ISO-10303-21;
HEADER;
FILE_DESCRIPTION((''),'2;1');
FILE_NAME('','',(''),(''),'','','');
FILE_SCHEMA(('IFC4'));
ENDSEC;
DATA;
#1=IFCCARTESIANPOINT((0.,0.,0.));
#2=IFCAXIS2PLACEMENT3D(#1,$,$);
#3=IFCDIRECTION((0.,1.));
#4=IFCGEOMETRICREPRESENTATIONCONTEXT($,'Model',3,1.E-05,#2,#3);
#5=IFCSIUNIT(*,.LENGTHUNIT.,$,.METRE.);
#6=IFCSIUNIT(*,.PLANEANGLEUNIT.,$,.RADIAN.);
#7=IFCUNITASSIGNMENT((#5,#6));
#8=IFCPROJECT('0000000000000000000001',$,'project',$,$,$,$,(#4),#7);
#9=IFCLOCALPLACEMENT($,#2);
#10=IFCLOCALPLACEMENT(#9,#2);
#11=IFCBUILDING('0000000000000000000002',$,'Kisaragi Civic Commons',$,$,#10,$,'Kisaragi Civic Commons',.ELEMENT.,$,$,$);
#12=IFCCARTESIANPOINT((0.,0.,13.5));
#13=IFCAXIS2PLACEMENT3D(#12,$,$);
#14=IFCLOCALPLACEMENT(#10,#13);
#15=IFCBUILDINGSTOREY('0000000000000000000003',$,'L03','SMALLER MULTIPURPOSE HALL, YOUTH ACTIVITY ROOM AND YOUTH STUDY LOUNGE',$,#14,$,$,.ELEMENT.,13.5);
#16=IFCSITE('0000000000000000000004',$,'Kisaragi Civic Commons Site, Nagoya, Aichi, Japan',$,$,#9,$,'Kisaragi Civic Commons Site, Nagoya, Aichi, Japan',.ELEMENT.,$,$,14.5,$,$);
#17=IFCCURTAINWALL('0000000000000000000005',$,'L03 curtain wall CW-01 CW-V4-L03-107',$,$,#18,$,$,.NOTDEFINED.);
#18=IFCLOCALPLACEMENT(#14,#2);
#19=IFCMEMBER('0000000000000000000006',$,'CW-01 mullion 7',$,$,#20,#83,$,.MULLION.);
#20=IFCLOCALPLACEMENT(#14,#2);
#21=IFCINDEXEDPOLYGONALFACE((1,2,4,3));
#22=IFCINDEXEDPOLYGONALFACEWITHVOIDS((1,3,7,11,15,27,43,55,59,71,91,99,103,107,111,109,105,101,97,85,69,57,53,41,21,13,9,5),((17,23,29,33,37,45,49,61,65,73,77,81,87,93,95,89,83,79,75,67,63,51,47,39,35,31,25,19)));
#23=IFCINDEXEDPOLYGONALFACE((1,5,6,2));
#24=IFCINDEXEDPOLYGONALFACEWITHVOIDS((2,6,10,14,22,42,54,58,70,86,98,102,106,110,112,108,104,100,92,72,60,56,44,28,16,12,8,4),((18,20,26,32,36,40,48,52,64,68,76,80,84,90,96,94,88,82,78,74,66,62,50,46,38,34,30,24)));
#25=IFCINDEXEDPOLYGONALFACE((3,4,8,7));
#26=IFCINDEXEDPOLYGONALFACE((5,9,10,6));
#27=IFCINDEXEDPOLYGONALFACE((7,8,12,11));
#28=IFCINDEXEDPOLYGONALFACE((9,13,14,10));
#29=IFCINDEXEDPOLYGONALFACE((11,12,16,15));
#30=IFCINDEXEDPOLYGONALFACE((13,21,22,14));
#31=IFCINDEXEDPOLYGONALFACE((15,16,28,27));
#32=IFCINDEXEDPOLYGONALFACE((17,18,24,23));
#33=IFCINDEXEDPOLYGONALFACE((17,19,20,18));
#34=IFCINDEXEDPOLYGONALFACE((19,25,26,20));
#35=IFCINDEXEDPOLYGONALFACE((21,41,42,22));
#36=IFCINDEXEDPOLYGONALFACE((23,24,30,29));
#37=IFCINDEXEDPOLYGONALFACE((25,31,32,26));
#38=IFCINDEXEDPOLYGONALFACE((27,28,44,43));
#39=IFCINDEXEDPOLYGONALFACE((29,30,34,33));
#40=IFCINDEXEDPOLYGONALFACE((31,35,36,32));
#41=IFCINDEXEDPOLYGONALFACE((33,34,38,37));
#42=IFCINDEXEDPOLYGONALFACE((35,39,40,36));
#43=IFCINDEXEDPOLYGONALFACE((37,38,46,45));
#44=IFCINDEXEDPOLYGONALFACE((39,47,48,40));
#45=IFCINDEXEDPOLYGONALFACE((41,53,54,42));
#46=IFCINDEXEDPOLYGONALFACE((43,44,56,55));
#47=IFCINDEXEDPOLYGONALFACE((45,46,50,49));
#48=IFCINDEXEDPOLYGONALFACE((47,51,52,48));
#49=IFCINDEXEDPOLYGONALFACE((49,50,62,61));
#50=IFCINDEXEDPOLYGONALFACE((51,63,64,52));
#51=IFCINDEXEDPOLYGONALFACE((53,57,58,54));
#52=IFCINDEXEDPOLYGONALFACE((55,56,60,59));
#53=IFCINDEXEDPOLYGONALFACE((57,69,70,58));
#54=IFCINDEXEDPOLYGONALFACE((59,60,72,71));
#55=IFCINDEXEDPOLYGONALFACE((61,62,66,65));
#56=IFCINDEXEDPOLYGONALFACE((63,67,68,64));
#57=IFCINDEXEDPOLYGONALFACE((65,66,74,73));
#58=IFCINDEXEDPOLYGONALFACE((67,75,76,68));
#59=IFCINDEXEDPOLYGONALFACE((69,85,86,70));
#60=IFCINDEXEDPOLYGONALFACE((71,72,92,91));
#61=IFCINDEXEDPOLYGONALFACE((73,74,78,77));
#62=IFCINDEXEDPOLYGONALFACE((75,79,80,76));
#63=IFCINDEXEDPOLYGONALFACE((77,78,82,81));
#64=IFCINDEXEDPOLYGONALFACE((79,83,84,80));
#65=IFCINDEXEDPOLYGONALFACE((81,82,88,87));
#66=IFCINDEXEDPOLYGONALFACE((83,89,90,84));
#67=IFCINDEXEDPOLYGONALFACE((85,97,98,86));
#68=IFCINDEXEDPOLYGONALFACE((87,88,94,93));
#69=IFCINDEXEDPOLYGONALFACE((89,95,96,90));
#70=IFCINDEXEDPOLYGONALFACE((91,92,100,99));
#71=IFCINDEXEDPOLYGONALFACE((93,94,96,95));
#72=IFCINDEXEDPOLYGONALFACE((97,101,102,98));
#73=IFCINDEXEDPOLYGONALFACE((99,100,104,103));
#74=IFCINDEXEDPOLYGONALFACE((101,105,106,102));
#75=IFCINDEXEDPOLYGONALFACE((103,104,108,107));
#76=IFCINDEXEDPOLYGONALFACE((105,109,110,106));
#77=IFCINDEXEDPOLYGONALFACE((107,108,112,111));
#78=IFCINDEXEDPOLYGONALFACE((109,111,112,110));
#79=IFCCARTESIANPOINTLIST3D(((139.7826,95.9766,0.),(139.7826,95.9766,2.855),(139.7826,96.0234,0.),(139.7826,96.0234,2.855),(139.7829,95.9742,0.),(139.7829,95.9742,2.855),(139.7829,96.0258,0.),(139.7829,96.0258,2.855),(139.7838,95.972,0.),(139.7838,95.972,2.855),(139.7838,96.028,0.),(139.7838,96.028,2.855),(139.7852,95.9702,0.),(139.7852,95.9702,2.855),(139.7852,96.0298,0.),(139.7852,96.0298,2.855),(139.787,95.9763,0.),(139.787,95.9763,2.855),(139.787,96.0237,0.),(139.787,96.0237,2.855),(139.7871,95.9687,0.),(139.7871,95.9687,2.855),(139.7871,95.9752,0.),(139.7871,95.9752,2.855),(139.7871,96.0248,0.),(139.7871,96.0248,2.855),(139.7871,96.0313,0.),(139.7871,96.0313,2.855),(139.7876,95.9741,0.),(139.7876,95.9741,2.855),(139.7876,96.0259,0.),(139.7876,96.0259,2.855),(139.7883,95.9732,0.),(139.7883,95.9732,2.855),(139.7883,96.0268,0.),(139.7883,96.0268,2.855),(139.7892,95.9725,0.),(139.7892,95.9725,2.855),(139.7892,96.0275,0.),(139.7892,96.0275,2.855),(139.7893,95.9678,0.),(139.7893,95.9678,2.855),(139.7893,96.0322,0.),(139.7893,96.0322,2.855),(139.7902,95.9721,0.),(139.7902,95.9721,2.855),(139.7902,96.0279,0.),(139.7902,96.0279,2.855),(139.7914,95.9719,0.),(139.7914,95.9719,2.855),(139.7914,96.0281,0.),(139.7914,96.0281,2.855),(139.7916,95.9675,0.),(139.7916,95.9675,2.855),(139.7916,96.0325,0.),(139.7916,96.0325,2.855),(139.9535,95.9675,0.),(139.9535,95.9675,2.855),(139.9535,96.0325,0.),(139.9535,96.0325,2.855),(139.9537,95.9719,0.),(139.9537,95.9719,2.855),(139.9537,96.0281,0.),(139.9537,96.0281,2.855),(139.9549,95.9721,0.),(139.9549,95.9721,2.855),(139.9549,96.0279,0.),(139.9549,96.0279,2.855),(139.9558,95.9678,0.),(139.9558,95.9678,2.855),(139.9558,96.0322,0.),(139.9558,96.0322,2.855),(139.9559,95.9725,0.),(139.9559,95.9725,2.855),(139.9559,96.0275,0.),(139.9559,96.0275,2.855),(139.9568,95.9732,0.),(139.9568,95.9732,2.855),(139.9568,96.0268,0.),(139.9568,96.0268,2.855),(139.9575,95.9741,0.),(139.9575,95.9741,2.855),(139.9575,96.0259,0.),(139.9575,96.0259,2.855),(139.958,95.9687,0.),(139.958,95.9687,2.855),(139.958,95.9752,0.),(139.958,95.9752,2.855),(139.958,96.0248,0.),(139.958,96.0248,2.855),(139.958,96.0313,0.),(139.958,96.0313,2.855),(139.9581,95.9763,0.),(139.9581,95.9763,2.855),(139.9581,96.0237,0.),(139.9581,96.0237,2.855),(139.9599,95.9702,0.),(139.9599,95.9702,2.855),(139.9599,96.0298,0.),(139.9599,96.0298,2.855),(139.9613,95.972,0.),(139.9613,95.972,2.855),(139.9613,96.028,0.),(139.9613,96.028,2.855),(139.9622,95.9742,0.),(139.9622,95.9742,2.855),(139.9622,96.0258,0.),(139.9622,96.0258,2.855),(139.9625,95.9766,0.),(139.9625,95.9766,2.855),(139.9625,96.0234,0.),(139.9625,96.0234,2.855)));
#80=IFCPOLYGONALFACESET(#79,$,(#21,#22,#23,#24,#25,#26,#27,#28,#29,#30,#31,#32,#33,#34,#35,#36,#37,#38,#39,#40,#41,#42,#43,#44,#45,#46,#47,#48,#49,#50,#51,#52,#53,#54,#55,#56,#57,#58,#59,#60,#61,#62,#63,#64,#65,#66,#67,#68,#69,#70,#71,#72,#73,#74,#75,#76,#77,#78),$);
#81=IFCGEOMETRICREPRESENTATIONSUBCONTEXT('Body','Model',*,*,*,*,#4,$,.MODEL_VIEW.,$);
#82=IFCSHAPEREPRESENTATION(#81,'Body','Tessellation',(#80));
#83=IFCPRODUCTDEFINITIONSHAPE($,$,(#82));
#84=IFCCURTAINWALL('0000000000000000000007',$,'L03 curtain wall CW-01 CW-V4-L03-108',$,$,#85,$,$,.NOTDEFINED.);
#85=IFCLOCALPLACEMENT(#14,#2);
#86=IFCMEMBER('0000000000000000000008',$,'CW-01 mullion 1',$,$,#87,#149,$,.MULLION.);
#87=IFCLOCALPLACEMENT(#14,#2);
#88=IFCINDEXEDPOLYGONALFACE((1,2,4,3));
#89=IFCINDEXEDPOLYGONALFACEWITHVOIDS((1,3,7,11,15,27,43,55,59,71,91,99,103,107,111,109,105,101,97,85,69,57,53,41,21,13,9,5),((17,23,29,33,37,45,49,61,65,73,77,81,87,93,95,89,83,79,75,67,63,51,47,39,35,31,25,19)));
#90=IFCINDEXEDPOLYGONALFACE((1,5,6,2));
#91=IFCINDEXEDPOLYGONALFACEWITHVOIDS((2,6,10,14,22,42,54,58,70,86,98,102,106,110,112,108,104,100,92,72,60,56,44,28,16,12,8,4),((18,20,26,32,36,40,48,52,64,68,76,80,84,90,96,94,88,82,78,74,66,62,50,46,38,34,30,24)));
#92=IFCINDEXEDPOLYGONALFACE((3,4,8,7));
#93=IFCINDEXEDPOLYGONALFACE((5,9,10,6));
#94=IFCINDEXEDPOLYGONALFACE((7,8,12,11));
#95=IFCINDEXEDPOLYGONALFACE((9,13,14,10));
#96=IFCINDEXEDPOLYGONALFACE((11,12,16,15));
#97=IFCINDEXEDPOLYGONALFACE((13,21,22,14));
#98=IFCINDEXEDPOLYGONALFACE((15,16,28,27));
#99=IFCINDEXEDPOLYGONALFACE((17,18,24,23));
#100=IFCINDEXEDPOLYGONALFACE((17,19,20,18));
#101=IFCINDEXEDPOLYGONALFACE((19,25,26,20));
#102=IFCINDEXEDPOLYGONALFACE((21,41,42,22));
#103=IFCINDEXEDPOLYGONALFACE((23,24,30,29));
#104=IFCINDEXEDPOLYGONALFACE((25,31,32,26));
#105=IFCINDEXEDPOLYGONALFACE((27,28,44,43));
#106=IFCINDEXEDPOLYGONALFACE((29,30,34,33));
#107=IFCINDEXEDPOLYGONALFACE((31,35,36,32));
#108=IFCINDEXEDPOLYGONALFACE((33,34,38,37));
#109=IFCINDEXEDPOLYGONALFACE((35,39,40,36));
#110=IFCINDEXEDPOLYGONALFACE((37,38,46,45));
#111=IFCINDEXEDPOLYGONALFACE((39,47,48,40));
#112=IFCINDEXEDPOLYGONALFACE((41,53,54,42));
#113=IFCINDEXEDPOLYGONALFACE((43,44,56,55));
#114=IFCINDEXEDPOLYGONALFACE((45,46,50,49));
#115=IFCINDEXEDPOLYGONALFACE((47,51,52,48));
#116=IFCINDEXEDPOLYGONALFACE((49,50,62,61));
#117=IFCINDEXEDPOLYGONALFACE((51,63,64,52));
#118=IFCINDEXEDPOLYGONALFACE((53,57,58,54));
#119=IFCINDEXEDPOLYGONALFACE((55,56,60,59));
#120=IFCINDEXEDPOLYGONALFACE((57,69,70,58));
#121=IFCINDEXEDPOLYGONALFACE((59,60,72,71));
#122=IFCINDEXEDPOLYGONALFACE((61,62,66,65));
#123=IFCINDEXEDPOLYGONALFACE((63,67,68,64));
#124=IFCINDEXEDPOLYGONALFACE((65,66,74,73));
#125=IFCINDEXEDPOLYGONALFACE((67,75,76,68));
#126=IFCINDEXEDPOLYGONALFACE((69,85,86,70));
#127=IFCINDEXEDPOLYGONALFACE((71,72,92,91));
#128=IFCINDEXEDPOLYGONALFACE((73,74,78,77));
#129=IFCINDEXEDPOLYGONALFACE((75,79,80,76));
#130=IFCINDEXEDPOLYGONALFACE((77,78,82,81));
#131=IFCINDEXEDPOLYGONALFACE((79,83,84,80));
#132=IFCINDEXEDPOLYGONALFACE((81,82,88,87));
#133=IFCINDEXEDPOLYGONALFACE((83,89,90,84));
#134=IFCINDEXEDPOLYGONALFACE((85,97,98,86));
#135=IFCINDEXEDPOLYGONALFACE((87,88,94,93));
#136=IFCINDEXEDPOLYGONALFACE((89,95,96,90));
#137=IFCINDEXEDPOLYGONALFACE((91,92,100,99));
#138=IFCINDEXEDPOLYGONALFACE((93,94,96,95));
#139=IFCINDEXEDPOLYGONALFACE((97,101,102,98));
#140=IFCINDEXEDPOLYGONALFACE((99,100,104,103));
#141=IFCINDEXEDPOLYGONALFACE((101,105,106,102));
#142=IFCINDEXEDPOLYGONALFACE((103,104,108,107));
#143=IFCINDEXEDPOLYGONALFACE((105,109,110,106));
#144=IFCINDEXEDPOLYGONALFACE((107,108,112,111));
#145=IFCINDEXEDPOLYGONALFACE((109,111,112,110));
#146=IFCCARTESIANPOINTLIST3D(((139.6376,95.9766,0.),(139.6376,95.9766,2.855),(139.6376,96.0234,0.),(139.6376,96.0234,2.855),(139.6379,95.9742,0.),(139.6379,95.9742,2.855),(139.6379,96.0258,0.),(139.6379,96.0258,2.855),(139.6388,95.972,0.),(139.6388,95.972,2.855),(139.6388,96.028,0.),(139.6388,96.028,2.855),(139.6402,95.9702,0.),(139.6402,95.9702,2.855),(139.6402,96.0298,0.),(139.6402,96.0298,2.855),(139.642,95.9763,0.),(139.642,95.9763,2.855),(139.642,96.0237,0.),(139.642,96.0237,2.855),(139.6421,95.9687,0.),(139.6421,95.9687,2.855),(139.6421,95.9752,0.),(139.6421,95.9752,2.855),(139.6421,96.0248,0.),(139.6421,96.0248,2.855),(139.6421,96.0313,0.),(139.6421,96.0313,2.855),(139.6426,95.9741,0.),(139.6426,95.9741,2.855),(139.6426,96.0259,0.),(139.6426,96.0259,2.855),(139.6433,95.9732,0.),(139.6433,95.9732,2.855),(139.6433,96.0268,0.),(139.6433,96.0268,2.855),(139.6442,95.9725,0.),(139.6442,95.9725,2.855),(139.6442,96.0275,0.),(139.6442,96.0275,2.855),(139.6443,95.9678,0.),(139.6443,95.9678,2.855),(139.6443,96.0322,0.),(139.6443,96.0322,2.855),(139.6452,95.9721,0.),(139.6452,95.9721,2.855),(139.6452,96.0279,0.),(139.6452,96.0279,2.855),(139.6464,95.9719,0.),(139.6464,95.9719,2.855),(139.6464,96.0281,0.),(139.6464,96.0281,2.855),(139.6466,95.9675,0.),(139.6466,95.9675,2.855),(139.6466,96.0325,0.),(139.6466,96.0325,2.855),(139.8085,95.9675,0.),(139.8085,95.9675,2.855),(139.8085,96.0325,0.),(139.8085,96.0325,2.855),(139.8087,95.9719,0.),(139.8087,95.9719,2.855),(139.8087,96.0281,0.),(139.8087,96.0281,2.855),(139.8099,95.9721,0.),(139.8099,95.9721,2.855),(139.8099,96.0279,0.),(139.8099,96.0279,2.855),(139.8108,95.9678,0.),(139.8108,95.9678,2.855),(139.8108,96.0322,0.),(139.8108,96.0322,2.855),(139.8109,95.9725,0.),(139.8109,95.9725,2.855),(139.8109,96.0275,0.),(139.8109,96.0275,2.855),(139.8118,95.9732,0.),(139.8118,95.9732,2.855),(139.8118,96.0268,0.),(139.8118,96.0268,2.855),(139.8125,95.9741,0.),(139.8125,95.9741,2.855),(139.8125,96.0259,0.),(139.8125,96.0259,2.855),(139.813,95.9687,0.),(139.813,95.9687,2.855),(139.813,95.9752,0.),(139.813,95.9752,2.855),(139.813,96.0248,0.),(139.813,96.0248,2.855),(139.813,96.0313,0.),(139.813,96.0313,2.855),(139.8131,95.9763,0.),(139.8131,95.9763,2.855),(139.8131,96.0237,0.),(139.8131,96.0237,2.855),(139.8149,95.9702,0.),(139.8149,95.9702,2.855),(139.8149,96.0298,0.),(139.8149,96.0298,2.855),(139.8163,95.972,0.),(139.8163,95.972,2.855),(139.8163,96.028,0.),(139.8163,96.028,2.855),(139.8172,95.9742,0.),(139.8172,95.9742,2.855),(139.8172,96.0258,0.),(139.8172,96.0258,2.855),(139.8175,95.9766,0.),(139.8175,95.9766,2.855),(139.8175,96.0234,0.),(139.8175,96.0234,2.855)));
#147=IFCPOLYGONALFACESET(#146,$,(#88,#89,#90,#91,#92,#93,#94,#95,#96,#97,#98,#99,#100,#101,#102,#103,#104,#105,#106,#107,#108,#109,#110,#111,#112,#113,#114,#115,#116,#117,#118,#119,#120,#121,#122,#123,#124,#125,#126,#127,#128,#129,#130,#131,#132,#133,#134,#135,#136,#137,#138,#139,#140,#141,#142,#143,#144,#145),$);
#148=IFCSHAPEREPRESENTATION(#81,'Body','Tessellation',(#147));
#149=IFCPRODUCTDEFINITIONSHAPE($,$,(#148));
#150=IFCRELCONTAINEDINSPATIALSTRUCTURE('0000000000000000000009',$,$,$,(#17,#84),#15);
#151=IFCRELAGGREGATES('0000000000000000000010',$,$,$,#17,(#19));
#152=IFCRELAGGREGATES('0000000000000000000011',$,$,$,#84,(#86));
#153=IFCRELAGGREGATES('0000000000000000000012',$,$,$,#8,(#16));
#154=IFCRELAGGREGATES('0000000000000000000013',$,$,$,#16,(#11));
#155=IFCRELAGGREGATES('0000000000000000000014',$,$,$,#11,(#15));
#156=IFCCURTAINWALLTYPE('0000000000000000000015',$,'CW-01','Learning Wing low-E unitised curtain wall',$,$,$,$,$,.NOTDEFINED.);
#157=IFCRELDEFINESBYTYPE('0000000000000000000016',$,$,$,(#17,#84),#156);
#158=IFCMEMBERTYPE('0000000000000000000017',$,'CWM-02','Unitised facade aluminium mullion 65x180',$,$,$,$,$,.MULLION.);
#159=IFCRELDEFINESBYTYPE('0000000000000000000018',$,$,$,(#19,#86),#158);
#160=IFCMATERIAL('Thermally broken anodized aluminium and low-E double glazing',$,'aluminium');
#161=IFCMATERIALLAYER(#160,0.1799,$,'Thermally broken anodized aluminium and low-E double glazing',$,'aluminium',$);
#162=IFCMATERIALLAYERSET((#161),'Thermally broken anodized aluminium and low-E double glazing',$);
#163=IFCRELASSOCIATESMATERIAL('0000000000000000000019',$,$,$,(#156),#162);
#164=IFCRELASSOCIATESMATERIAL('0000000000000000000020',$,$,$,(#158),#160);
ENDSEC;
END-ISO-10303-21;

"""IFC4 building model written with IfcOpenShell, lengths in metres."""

from ifc_helpers import new_model, si_unit, direction, frame, origin, origin_2d, place, context, subcontext, project, spatial, hollow_rectangle, extrude, material, layer, layer_set, material_profile, profile_set, type_object, element, aggregate, save


model = new_model("IFC4")

# Units and contexts
model_context = context("Model", 3, precision=1e-05, world=origin(), true_north=direction((0.0, 1.0)))
body_context = subcontext(model_context, "Body", "Model", "MODEL_VIEW")
ifc_project = project(units=[si_unit("LENGTHUNIT", "METRE"), si_unit("PLANEANGLEUNIT", "RADIAN")], contexts=[model_context])

# Site, building, storey
site_placement = place(None, origin())
site = spatial("IfcSite", under=ifc_project, at=site_placement, Name="Kisaragi Civic Commons Site, Nagoya, Aichi, Japan", LongName="Kisaragi Civic Commons Site, Nagoya, Aichi, Japan", CompositionType="ELEMENT", RefElevation=14.5)
building_placement = place(site_placement, origin())
building = spatial("IfcBuilding", under=site, at=building_placement, Name="Kisaragi Civic Commons", LongName="Kisaragi Civic Commons", CompositionType="ELEMENT")
storey_placement = place(building_placement, frame((0.0, 0.0, 13.5)))
storey = spatial("IfcBuildingStorey", under=building, at=storey_placement, Name="L03", Description="SMALLER MULTIPURPOSE HALL, YOUTH ACTIVITY ROOM AND YOUTH STUDY LOUNGE", CompositionType="ELEMENT", Elevation=13.5)

# Curtain wall, member
ifc_material = material(Name="Thermally broken anodized aluminium and low-E double glazing", Category="aluminium")
ifc_layer_1 = layer(ifc_material, 0.1799, Name="Thermally broken anodized aluminium and low-E double glazing", Category="aluminium")
ifc_layer_set_1 = layer_set([ifc_layer_1], Name="Thermally broken anodized aluminium and low-E double glazing")
curtain_wall_type = type_object("IfcCurtainWallType", Name="CW-01", Description="Learning Wing low-E unitised curtain wall", PredefinedType="NOTDEFINED", material=ifc_layer_set_1)
curtain_wall_1_placement = place(storey_placement, origin())
curtain_wall_1 = element("IfcCurtainWall", 1, at=curtain_wall_1_placement, inside=storey, type_object=curtain_wall_type, Name="L03 curtain wall CW-01 CW-V4-L03-107", PredefinedType="NOTDEFINED")
ifc_material_profile_1 = material_profile(ifc_material, hollow_rectangle(XDim=0.0649, YDim=0.1799, WallThickness=0.0044, InnerFilletRadius=0.0044, OuterFilletRadius=0.009, at=origin_2d()), Name="CWM-65x180x4.5", Category="aluminium")
ifc_profile_set_1 = profile_set([ifc_material_profile_1], Name="Thermally broken anodized aluminium and low-E double glazing")
member_type_1 = type_object("IfcMemberType", Name="CWM-02", Description="Unitised facade aluminium mullion 65x180", PredefinedType="MULLION", material=ifc_profile_set_1)
member_1_placement = place(storey_placement, frame((139.8726, 96.0, 0.0), z_axis=(0.0, 0.0, 1.0), x_axis=(0.0, -1.0, 0.0)))
member_1 = element("IfcMember", 2, at=member_1_placement, type_object=member_type_1, Name="CW-01 mullion 7", PredefinedType="MULLION", context=body_context, shape_type="SweptSolid", body=[
    extrude(hollow_rectangle(XDim=0.0649, YDim=0.1799, WallThickness=0.0044, InnerFilletRadius=0.0044, OuterFilletRadius=0.009, at=origin_2d()), origin(), (0.0, 0.0, 1.0), 2.855),
])
aggregate(curtain_wall_1, [member_1])

# Curtain wall, member
curtain_wall_2_placement = place(storey_placement, origin())
curtain_wall_2 = element("IfcCurtainWall", 3, at=curtain_wall_2_placement, inside=storey, type_object=curtain_wall_type, Name="L03 curtain wall CW-01 CW-V4-L03-108", PredefinedType="NOTDEFINED")
member_2_placement = place(storey_placement, frame((139.7275, 96.0, 0.0), z_axis=(0.0, 0.0, 1.0), x_axis=(0.0, -1.0, 0.0)))
member_2 = element("IfcMember", 4, at=member_2_placement, type_object=member_type_1, Name="CW-01 mullion 1", PredefinedType="MULLION", context=body_context, shape_type="SweptSolid", body=[
    extrude(hollow_rectangle(XDim=0.0649, YDim=0.1799, WallThickness=0.0044, InnerFilletRadius=0.0044, OuterFilletRadius=0.009, at=origin_2d()), origin(), (0.0, 0.0, 1.0), 2.855),
])
aggregate(curtain_wall_2, [member_2])

save(model, "model.ifc")
